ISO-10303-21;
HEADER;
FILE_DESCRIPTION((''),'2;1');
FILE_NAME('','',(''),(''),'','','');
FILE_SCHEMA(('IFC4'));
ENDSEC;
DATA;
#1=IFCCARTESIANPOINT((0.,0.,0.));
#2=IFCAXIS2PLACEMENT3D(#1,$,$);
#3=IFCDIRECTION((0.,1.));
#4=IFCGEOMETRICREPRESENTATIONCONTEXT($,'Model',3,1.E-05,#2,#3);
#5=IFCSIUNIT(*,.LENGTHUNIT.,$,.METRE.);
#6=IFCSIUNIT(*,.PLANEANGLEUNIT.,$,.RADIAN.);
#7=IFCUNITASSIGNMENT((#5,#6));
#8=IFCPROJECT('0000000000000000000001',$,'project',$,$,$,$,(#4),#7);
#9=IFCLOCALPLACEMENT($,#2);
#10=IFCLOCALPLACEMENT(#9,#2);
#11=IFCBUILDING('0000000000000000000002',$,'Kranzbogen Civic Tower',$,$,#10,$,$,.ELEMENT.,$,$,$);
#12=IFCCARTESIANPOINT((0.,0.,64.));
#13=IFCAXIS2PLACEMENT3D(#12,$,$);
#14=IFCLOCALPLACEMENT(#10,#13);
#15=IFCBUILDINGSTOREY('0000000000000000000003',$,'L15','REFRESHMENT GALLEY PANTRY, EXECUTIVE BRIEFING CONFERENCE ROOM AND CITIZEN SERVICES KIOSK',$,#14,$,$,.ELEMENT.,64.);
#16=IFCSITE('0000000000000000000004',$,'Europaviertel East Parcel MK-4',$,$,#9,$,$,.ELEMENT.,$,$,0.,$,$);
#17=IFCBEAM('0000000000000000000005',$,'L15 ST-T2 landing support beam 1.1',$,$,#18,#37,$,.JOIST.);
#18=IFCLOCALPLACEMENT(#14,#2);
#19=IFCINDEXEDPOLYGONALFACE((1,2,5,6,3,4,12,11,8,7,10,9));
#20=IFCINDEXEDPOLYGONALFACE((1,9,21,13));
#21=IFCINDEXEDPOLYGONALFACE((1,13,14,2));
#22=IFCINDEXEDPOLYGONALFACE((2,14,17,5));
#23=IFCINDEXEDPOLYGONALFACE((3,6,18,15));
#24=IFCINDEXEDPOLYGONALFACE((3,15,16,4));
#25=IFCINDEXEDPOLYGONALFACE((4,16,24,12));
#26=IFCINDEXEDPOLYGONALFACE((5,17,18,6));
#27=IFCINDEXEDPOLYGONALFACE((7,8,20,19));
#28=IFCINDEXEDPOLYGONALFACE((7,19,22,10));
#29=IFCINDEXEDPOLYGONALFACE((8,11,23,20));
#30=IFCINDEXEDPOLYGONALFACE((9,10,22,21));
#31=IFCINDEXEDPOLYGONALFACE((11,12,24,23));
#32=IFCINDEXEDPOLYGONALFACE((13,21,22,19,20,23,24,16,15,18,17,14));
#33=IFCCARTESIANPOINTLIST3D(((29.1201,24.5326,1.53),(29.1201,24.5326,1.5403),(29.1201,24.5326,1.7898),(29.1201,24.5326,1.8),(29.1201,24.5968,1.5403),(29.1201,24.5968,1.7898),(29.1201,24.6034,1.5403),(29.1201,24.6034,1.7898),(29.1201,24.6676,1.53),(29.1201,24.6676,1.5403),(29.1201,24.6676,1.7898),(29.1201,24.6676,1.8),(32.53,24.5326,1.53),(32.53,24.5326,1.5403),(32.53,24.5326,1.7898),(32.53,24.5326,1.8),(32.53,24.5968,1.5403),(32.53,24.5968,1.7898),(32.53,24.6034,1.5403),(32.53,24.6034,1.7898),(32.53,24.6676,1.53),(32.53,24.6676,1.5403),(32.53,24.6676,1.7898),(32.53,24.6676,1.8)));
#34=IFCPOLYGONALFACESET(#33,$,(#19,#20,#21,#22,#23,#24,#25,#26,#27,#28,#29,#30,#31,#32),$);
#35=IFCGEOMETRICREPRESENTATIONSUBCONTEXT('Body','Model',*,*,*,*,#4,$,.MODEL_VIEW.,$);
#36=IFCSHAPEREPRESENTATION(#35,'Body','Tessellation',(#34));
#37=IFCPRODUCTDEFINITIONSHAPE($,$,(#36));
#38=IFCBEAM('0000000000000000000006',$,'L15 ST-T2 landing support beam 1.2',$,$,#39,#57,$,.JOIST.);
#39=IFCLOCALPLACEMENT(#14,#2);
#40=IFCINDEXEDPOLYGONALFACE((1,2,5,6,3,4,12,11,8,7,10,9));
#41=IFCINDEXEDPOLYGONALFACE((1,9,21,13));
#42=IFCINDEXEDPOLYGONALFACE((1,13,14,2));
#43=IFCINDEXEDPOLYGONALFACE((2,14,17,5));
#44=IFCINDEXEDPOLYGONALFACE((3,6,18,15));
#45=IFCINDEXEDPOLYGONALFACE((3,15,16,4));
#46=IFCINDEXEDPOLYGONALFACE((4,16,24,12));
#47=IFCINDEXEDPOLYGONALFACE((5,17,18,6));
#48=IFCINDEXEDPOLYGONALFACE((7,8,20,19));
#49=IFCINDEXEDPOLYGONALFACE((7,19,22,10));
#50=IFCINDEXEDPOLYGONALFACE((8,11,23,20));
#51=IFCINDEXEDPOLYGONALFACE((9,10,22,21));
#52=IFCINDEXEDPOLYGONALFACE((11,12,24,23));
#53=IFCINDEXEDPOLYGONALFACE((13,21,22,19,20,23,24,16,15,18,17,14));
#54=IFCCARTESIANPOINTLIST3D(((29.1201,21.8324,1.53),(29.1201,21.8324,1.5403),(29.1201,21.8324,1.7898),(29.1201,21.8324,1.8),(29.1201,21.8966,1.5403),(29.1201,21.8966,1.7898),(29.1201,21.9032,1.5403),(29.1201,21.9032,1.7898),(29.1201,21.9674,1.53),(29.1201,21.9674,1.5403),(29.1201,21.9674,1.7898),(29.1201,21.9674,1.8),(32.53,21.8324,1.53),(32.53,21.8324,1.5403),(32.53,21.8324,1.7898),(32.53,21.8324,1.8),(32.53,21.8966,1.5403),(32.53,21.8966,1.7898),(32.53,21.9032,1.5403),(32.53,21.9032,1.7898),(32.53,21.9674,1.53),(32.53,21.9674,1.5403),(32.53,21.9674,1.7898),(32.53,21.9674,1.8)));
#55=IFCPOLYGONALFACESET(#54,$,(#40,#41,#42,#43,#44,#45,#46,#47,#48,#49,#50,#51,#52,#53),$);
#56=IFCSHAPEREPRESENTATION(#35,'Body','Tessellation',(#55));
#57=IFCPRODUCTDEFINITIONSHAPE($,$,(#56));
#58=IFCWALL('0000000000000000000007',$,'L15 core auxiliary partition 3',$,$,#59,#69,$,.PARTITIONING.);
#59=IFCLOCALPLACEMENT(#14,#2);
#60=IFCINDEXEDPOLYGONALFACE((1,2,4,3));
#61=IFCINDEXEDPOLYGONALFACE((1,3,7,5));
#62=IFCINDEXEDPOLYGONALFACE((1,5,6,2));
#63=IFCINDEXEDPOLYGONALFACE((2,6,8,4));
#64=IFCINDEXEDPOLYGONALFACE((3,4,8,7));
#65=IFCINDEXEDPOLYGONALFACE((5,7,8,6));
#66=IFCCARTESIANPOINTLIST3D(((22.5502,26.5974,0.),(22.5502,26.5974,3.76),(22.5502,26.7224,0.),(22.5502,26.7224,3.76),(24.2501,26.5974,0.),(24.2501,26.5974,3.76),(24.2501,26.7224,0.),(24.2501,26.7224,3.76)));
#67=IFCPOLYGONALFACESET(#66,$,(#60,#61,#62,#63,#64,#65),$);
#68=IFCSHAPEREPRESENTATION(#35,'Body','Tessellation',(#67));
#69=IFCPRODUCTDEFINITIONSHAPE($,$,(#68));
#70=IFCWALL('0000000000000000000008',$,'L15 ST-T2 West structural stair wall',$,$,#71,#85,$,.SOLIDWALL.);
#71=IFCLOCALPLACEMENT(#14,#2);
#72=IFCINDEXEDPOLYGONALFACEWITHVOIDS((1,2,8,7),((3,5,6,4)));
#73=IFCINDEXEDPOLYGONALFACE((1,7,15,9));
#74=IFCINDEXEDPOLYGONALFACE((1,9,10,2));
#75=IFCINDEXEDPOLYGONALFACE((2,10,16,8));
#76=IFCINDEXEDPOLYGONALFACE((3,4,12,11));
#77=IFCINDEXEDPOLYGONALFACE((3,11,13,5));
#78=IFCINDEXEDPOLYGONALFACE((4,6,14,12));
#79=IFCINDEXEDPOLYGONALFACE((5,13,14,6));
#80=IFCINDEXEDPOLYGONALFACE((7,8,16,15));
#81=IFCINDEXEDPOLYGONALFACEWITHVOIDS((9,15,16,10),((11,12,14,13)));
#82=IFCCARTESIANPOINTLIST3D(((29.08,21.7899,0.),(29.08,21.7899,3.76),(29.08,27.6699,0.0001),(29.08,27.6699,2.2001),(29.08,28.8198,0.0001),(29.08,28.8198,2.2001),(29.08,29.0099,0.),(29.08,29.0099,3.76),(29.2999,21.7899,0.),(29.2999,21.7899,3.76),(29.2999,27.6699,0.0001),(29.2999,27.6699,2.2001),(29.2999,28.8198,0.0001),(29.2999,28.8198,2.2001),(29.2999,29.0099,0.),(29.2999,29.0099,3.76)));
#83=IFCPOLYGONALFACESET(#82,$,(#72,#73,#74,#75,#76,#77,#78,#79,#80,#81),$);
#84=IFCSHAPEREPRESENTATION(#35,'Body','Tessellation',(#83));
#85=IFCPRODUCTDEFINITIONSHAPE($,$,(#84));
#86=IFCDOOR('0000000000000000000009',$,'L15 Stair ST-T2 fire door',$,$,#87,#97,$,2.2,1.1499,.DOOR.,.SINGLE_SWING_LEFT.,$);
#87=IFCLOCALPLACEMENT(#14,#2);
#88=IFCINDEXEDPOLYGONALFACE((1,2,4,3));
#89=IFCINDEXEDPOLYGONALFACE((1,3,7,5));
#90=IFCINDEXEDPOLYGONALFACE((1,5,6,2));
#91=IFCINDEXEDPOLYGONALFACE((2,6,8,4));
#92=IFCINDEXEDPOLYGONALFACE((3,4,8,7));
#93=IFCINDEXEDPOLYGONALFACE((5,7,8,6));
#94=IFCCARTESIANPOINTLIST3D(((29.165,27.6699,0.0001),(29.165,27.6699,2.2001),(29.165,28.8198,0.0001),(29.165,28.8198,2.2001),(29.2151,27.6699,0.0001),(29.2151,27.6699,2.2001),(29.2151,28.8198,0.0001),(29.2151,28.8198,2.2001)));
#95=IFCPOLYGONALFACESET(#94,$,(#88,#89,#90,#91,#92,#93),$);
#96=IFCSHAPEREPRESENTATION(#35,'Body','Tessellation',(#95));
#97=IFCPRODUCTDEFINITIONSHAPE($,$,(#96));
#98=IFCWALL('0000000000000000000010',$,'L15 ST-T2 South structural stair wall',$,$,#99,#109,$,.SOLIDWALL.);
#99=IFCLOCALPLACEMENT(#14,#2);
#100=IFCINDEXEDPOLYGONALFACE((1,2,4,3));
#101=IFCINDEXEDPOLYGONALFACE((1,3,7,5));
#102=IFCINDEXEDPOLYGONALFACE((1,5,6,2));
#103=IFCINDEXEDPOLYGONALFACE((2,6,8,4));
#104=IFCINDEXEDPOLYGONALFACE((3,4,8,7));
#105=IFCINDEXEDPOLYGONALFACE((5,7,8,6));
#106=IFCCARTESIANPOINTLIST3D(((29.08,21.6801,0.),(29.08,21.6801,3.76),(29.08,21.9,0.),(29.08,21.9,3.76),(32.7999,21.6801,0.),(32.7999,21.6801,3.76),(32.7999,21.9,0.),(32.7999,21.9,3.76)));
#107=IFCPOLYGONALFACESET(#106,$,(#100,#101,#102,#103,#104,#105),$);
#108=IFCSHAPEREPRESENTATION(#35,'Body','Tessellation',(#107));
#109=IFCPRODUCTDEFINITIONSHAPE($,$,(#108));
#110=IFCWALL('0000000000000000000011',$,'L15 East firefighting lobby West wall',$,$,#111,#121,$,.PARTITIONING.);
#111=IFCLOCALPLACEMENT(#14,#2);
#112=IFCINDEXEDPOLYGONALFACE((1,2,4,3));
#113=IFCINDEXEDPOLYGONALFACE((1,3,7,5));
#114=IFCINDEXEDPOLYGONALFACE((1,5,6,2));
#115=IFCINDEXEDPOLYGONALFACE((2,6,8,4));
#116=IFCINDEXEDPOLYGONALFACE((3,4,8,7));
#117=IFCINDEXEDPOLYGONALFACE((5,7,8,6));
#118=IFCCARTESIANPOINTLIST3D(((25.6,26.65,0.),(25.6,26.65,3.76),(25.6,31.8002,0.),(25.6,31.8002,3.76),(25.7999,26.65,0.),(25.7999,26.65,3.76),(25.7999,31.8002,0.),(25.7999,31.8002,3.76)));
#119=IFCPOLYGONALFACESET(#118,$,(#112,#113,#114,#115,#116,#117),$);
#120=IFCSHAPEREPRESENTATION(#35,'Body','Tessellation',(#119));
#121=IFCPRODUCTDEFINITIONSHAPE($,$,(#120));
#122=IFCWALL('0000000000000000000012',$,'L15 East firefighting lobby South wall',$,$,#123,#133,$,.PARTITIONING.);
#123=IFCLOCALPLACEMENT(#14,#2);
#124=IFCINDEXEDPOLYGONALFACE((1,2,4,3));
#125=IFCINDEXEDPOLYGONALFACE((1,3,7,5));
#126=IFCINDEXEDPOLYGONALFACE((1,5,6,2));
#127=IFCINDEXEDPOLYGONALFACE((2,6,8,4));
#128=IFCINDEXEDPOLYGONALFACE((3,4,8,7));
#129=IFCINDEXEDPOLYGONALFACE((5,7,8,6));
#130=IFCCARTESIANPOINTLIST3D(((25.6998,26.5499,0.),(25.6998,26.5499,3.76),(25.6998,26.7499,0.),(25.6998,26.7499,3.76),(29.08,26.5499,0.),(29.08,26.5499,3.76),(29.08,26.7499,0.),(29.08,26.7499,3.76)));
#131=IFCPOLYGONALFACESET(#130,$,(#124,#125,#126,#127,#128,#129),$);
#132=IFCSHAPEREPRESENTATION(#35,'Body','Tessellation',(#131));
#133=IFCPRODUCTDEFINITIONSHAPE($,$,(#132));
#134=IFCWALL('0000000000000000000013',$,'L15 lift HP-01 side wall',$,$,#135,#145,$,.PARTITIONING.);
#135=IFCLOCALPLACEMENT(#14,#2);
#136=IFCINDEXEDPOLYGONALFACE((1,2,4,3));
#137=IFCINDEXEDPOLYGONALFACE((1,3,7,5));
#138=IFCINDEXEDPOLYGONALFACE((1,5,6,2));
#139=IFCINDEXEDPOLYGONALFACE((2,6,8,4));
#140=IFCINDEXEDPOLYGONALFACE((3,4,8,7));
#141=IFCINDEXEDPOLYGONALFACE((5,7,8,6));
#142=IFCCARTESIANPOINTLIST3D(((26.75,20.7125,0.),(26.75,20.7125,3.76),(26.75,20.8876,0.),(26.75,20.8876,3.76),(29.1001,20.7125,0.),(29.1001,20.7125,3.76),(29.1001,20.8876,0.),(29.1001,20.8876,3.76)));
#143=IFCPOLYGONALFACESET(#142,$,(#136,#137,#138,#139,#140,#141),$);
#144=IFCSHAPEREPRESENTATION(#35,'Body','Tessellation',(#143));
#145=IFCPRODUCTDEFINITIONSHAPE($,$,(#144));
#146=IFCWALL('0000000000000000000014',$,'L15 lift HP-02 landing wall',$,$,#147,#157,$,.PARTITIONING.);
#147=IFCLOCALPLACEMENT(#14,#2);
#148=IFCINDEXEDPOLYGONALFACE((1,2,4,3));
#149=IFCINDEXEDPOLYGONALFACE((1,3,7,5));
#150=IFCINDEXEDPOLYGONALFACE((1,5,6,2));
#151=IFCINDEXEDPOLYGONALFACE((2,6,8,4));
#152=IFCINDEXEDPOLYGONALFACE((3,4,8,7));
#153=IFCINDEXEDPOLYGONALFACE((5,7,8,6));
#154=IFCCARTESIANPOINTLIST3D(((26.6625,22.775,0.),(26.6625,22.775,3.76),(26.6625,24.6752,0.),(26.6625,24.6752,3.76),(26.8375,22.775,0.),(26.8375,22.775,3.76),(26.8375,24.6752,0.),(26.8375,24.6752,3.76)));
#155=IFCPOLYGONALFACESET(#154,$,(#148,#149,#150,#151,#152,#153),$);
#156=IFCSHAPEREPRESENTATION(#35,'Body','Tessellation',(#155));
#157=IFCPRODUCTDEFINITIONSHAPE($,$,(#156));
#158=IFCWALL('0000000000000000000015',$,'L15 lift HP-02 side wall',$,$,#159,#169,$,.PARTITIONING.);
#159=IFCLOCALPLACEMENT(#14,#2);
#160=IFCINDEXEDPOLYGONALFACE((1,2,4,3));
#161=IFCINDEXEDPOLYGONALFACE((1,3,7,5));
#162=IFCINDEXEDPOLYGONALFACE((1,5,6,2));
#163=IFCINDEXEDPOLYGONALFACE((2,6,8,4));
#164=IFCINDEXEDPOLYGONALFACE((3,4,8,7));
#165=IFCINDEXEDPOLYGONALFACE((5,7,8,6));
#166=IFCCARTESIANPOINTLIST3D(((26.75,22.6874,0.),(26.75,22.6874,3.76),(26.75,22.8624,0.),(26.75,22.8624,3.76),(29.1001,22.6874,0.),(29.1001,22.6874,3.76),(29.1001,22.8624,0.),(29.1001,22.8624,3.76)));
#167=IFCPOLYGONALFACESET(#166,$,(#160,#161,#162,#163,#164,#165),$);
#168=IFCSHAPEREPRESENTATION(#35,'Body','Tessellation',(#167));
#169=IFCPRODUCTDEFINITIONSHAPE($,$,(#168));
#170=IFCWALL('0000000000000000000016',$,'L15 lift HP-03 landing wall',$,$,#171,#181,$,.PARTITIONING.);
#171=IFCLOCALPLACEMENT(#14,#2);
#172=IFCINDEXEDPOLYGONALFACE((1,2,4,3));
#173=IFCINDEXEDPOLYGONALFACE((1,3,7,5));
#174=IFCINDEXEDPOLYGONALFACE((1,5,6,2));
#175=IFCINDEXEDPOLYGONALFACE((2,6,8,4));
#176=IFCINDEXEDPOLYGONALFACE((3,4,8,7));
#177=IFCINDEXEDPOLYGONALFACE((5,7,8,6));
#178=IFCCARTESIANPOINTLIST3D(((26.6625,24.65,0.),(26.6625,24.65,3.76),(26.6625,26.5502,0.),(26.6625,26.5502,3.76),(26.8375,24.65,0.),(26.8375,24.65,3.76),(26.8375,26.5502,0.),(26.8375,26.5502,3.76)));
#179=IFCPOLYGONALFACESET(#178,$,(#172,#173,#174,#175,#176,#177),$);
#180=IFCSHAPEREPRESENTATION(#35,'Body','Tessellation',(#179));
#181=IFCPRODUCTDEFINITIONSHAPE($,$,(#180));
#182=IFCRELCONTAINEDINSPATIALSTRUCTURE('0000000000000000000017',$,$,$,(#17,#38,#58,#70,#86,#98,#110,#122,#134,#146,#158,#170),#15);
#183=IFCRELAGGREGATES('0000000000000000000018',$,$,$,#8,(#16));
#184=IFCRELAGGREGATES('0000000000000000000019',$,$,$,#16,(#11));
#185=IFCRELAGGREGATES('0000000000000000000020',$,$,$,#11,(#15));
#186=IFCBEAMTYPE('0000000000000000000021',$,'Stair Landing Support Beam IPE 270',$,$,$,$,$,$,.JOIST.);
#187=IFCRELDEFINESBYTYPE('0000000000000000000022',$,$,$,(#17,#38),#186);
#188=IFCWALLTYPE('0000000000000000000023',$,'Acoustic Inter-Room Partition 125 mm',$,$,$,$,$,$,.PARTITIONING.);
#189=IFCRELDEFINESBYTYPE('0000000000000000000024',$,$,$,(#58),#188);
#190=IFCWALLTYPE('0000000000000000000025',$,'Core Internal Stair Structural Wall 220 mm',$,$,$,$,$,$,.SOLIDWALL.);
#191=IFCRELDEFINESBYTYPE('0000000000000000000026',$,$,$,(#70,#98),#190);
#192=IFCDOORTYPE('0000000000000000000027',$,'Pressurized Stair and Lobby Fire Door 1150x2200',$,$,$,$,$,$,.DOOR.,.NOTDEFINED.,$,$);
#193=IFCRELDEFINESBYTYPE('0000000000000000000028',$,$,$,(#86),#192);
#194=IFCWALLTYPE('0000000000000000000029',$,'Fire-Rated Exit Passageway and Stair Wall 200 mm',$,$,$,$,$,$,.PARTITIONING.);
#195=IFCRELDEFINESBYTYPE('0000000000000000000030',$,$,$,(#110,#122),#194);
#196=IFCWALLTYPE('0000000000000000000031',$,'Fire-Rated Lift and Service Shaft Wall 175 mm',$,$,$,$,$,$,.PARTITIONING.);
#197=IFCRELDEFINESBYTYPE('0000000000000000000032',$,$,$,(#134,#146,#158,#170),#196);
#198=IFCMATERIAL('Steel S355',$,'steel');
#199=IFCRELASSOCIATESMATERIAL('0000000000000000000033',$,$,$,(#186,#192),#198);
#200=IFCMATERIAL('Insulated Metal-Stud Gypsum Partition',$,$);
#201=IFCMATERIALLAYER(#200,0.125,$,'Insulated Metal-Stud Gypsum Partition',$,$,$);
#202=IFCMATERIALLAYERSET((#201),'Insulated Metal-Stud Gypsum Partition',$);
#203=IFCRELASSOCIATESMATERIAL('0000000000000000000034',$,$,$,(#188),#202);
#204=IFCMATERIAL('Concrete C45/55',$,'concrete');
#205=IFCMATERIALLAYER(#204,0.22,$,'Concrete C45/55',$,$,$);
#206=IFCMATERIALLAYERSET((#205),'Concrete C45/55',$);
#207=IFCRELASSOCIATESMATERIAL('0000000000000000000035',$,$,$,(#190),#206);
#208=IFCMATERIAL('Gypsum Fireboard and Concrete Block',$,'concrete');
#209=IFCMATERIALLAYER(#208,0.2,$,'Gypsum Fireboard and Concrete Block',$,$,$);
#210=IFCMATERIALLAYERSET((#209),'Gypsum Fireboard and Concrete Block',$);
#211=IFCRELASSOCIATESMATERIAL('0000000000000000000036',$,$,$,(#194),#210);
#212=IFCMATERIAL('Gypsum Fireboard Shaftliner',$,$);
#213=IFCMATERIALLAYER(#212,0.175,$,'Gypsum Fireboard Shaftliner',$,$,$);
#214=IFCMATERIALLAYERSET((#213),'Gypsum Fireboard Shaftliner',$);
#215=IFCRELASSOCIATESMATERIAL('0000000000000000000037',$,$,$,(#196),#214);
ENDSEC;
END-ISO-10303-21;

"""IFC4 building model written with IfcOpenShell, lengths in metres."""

from ifc_helpers import new_model, si_unit, direction, frame, frame_2d, origin, origin_2d, place, context, subcontext, project, spatial, rectangle, i_section, extrude, material, layer, layer_set, material_profile, profile_set, type_object, element, fill, save


model = new_model("IFC4")

# Units and contexts
model_context = context("Model", 3, precision=1e-05, world=origin(), true_north=direction((0.0, 1.0)))
body_context = subcontext(model_context, "Body", "Model", "MODEL_VIEW")
ifc_project = project(units=[si_unit("LENGTHUNIT", "METRE"), si_unit("PLANEANGLEUNIT", "RADIAN")], contexts=[model_context])

# Site, building, storey
site_placement = place(None, origin())
site = spatial("IfcSite", under=ifc_project, at=site_placement, Name="Europaviertel East Parcel MK-4", CompositionType="ELEMENT", RefElevation=0.0)
building_placement = place(site_placement, origin())
building = spatial("IfcBuilding", under=site, at=building_placement, Name="Kranzbogen Civic Tower", CompositionType="ELEMENT")
storey_placement = place(building_placement, frame((0.0, 0.0, 64.0)))
storey = spatial("IfcBuildingStorey", under=building, at=storey_placement, Name="L15", Description="REFRESHMENT GALLEY PANTRY, EXECUTIVE BRIEFING CONFERENCE ROOM AND CITIZEN SERVICES KIOSK", CompositionType="ELEMENT", Elevation=64.0)

# Beams
ifc_material_1 = material(Name="Steel S355", Category="steel")
ifc_material_profile = material_profile(ifc_material_1, i_section(OverallWidth=0.135, OverallDepth=0.27, WebThickness=0.0066, FlangeThickness=0.0103, at=origin_2d()), Name="IPE 270")
ifc_profile_set = profile_set([ifc_material_profile], Name="Steel S355")
beam_type = type_object("IfcBeamType", Name="Stair Landing Support Beam IPE 270", PredefinedType="JOIST", material=ifc_profile_set)
for number, where, z_axis, x_axis, name in (
    (1, (29.1201, 24.6001, 1.665), (1.0, 0.0, 0.0), (0.0, 1.0, 0.0), "L15 ST-T2 landing support beam 1.1"),
    (2, (29.1201, 21.8999, 1.665), (1.0, 0.0, 0.0), (0.0, 1.0, 0.0), "L15 ST-T2 landing support beam 1.2"),
):
    element("IfcBeam", number, at=place(storey_placement, frame(where, z_axis=z_axis, x_axis=x_axis)), inside=storey, type_object=beam_type, Name=name, PredefinedType="JOIST", context=body_context, shape_type="SweptSolid", body=[
        extrude(i_section(OverallWidth=0.135, OverallDepth=0.27, WebThickness=0.0066, FlangeThickness=0.0103, at=origin_2d()), origin(), (0.0, 0.0, 1.0), 3.4099),
    ])

# Wall
ifc_material_2 = material(Name="Insulated Metal-Stud Gypsum Partition")
ifc_layer_1 = layer(ifc_material_2, 0.125, Name="Insulated Metal-Stud Gypsum Partition")
ifc_layer_set_1 = layer_set([ifc_layer_1], Name="Insulated Metal-Stud Gypsum Partition")
wall_type_1 = type_object("IfcWallType", Name="Acoustic Inter-Room Partition 125 mm", PredefinedType="PARTITIONING", material=ifc_layer_set_1)
wall_1_placement = place(storey_placement, frame((22.55, 26.6599, 0.0), z_axis=(0.0, 0.0, 1.0), x_axis=(1.0, 0.0, 0.0)))
element("IfcWall", 3, at=wall_1_placement, inside=storey, type_object=wall_type_1, Name="L15 core auxiliary partition 3", PredefinedType="PARTITIONING", context=body_context, shape_type="SweptSolid", body=[
    extrude(rectangle(XDim=1.7, YDim=0.125, at=frame_2d((0.8501, 0.0))), origin(), (0.0, 0.0, 1.0), 3.76),
])

# Wall, opening, door
ifc_material_3 = material(Name="Concrete C45/55", Category="concrete")
ifc_layer_2 = layer(ifc_material_3, 0.22, Name="Concrete C45/55")
ifc_layer_set_2 = layer_set([ifc_layer_2], Name="Concrete C45/55")
wall_type_2 = type_object("IfcWallType", Name="Core Internal Stair Structural Wall 220 mm", PredefinedType="SOLIDWALL", material=ifc_layer_set_2)
wall_2_placement = place(storey_placement, frame((29.1899, 21.79, 0.0), z_axis=(0.0, 0.0, 1.0), x_axis=(0.0, 1.0, 0.0)))
wall_2 = element("IfcWall", 4, at=wall_2_placement, inside=storey, type_object=wall_type_2, Name="L15 ST-T2 West structural stair wall", PredefinedType="SOLIDWALL", context=body_context, shape_type="SweptSolid", body=[
    extrude(rectangle(XDim=7.22, YDim=0.22, at=frame_2d((3.6099, 0.0))), origin(), (0.0, 0.0, 1.0), 3.76),
])
opening_1_placement = place(wall_2_placement, frame((5.8799, 0.0, 0.0)))
opening_1 = element("IfcOpeningElement", 5, at=opening_1_placement, cuts=wall_2, PredefinedType="OPENING", context=body_context, shape_type="SweptSolid", body=[
    extrude(rectangle(XDim=1.1499, YDim=2.2, at=frame_2d((0.575, 1.1001))), frame((0.0, 0.1201, 0.0), z_axis=(0.0, -1.0, 0.0), x_axis=(1.0, 0.0, 0.0)), (0.0, 0.0, 1.0), 0.24),
])
door_type_1 = type_object("IfcDoorType", Name="Pressurized Stair and Lobby Fire Door 1150x2200", OperationType="NOTDEFINED", PredefinedType="DOOR", material=ifc_material_1)
door_1_placement = place(opening_1_placement, origin())
door_1 = element("IfcDoor", 6, at=door_1_placement, inside=storey, type_object=door_type_1, Name="L15 Stair ST-T2 fire door", OperationType="SINGLE_SWING_LEFT", OverallHeight=2.2, OverallWidth=1.1499, PredefinedType="DOOR", context=body_context, shape_type="SweptSolid", body=[
    extrude(rectangle(XDim=1.1499, YDim=2.2, at=frame_2d((0.575, 1.1001))), frame((0.0, 0.0249, 0.0), z_axis=(0.0, -1.0, 0.0), x_axis=(1.0, 0.0, 0.0)), (0.0, 0.0, 1.0), 0.05),
])
fill(opening_1, door_1)

# Walls
wall_3_placement = place(storey_placement, frame((29.0801, 21.79, 0.0), z_axis=(0.0, 0.0, 1.0), x_axis=(1.0, 0.0, 0.0)))
element("IfcWall", 7, at=wall_3_placement, inside=storey, type_object=wall_type_2, Name="L15 ST-T2 South structural stair wall", PredefinedType="SOLIDWALL", context=body_context, shape_type="SweptSolid", body=[
    extrude(rectangle(XDim=3.72, YDim=0.22, at=frame_2d((1.8599, 0.0))), origin(), (0.0, 0.0, 1.0), 3.76),
])
ifc_material_4 = material(Name="Gypsum Fireboard and Concrete Block", Category="concrete")
ifc_layer_3 = layer(ifc_material_4, 0.2, Name="Gypsum Fireboard and Concrete Block")
ifc_layer_set_3 = layer_set([ifc_layer_3], Name="Gypsum Fireboard and Concrete Block")
wall_type_3 = type_object("IfcWallType", Name="Fire-Rated Exit Passageway and Stair Wall 200 mm", PredefinedType="PARTITIONING", material=ifc_layer_set_3)
wall_4_placement = place(storey_placement, frame((25.7, 26.6499, 0.0), z_axis=(0.0, 0.0, 1.0), x_axis=(0.0, 1.0, 0.0)))
element("IfcWall", 8, at=wall_4_placement, inside=storey, type_object=wall_type_3, Name="L15 East firefighting lobby West wall", PredefinedType="PARTITIONING", context=body_context, shape_type="SweptSolid", body=[
    extrude(rectangle(XDim=5.1501, YDim=0.2, at=frame_2d((2.5752, 0.0))), origin(), (0.0, 0.0, 1.0), 3.76),
])
wall_5_placement = place(storey_placement, frame((25.7, 26.6499, 0.0), z_axis=(0.0, 0.0, 1.0), x_axis=(1.0, 0.0, 0.0)))
element("IfcWall", 9, at=wall_5_placement, inside=storey, type_object=wall_type_3, Name="L15 East firefighting lobby South wall", PredefinedType="PARTITIONING", context=body_context, shape_type="SweptSolid", body=[
    extrude(rectangle(XDim=3.3801, YDim=0.2, at=frame_2d((1.6899, 0.0))), origin(), (0.0, 0.0, 1.0), 3.76),
])
ifc_material_5 = material(Name="Gypsum Fireboard Shaftliner")
ifc_layer_4 = layer(ifc_material_5, 0.175, Name="Gypsum Fireboard Shaftliner")
ifc_layer_set_4 = layer_set([ifc_layer_4], Name="Gypsum Fireboard Shaftliner")
wall_type_4 = type_object("IfcWallType", Name="Fire-Rated Lift and Service Shaft Wall 175 mm", PredefinedType="PARTITIONING", material=ifc_layer_set_4)
wall_6_placement = place(storey_placement, frame((26.75, 20.8, 0.0), z_axis=(0.0, 0.0, 1.0), x_axis=(1.0, 0.0, 0.0)))
element("IfcWall", 10, at=wall_6_placement, inside=storey, type_object=wall_type_4, Name="L15 lift HP-01 side wall", PredefinedType="PARTITIONING", context=body_context, shape_type="SweptSolid", body=[
    extrude(rectangle(XDim=2.3501, YDim=0.175, at=frame_2d((1.175, 0.0))), origin(), (0.0, 0.0, 1.0), 3.76),
])
wall_7_placement = place(storey_placement, frame((26.75, 22.7749, 0.0), z_axis=(0.0, 0.0, 1.0), x_axis=(0.0, 1.0, 0.0)))
element("IfcWall", 11, at=wall_7_placement, inside=storey, type_object=wall_type_4, Name="L15 lift HP-02 landing wall", PredefinedType="PARTITIONING", context=body_context, shape_type="SweptSolid", body=[
    extrude(rectangle(XDim=1.9001, YDim=0.175, at=frame_2d((0.9502, 0.0))), origin(), (0.0, 0.0, 1.0), 3.76),
])
wall_8_placement = place(storey_placement, frame((26.75, 22.7749, 0.0), z_axis=(0.0, 0.0, 1.0), x_axis=(1.0, 0.0, 0.0)))
element("IfcWall", 12, at=wall_8_placement, inside=storey, type_object=wall_type_4, Name="L15 lift HP-02 side wall", PredefinedType="PARTITIONING", context=body_context, shape_type="SweptSolid", body=[
    extrude(rectangle(XDim=2.3501, YDim=0.175, at=frame_2d((1.175, 0.0))), origin(), (0.0, 0.0, 1.0), 3.76),
])
wall_9_placement = place(storey_placement, frame((26.75, 24.6499, 0.0), z_axis=(0.0, 0.0, 1.0), x_axis=(0.0, 1.0, 0.0)))
element("IfcWall", 13, at=wall_9_placement, inside=storey, type_object=wall_type_4, Name="L15 lift HP-03 landing wall", PredefinedType="PARTITIONING", context=body_context, shape_type="SweptSolid", body=[
    extrude(rectangle(XDim=1.9001, YDim=0.175, at=frame_2d((0.9502, 0.0))), origin(), (0.0, 0.0, 1.0), 3.76),
])

save(model, "model.ifc")
